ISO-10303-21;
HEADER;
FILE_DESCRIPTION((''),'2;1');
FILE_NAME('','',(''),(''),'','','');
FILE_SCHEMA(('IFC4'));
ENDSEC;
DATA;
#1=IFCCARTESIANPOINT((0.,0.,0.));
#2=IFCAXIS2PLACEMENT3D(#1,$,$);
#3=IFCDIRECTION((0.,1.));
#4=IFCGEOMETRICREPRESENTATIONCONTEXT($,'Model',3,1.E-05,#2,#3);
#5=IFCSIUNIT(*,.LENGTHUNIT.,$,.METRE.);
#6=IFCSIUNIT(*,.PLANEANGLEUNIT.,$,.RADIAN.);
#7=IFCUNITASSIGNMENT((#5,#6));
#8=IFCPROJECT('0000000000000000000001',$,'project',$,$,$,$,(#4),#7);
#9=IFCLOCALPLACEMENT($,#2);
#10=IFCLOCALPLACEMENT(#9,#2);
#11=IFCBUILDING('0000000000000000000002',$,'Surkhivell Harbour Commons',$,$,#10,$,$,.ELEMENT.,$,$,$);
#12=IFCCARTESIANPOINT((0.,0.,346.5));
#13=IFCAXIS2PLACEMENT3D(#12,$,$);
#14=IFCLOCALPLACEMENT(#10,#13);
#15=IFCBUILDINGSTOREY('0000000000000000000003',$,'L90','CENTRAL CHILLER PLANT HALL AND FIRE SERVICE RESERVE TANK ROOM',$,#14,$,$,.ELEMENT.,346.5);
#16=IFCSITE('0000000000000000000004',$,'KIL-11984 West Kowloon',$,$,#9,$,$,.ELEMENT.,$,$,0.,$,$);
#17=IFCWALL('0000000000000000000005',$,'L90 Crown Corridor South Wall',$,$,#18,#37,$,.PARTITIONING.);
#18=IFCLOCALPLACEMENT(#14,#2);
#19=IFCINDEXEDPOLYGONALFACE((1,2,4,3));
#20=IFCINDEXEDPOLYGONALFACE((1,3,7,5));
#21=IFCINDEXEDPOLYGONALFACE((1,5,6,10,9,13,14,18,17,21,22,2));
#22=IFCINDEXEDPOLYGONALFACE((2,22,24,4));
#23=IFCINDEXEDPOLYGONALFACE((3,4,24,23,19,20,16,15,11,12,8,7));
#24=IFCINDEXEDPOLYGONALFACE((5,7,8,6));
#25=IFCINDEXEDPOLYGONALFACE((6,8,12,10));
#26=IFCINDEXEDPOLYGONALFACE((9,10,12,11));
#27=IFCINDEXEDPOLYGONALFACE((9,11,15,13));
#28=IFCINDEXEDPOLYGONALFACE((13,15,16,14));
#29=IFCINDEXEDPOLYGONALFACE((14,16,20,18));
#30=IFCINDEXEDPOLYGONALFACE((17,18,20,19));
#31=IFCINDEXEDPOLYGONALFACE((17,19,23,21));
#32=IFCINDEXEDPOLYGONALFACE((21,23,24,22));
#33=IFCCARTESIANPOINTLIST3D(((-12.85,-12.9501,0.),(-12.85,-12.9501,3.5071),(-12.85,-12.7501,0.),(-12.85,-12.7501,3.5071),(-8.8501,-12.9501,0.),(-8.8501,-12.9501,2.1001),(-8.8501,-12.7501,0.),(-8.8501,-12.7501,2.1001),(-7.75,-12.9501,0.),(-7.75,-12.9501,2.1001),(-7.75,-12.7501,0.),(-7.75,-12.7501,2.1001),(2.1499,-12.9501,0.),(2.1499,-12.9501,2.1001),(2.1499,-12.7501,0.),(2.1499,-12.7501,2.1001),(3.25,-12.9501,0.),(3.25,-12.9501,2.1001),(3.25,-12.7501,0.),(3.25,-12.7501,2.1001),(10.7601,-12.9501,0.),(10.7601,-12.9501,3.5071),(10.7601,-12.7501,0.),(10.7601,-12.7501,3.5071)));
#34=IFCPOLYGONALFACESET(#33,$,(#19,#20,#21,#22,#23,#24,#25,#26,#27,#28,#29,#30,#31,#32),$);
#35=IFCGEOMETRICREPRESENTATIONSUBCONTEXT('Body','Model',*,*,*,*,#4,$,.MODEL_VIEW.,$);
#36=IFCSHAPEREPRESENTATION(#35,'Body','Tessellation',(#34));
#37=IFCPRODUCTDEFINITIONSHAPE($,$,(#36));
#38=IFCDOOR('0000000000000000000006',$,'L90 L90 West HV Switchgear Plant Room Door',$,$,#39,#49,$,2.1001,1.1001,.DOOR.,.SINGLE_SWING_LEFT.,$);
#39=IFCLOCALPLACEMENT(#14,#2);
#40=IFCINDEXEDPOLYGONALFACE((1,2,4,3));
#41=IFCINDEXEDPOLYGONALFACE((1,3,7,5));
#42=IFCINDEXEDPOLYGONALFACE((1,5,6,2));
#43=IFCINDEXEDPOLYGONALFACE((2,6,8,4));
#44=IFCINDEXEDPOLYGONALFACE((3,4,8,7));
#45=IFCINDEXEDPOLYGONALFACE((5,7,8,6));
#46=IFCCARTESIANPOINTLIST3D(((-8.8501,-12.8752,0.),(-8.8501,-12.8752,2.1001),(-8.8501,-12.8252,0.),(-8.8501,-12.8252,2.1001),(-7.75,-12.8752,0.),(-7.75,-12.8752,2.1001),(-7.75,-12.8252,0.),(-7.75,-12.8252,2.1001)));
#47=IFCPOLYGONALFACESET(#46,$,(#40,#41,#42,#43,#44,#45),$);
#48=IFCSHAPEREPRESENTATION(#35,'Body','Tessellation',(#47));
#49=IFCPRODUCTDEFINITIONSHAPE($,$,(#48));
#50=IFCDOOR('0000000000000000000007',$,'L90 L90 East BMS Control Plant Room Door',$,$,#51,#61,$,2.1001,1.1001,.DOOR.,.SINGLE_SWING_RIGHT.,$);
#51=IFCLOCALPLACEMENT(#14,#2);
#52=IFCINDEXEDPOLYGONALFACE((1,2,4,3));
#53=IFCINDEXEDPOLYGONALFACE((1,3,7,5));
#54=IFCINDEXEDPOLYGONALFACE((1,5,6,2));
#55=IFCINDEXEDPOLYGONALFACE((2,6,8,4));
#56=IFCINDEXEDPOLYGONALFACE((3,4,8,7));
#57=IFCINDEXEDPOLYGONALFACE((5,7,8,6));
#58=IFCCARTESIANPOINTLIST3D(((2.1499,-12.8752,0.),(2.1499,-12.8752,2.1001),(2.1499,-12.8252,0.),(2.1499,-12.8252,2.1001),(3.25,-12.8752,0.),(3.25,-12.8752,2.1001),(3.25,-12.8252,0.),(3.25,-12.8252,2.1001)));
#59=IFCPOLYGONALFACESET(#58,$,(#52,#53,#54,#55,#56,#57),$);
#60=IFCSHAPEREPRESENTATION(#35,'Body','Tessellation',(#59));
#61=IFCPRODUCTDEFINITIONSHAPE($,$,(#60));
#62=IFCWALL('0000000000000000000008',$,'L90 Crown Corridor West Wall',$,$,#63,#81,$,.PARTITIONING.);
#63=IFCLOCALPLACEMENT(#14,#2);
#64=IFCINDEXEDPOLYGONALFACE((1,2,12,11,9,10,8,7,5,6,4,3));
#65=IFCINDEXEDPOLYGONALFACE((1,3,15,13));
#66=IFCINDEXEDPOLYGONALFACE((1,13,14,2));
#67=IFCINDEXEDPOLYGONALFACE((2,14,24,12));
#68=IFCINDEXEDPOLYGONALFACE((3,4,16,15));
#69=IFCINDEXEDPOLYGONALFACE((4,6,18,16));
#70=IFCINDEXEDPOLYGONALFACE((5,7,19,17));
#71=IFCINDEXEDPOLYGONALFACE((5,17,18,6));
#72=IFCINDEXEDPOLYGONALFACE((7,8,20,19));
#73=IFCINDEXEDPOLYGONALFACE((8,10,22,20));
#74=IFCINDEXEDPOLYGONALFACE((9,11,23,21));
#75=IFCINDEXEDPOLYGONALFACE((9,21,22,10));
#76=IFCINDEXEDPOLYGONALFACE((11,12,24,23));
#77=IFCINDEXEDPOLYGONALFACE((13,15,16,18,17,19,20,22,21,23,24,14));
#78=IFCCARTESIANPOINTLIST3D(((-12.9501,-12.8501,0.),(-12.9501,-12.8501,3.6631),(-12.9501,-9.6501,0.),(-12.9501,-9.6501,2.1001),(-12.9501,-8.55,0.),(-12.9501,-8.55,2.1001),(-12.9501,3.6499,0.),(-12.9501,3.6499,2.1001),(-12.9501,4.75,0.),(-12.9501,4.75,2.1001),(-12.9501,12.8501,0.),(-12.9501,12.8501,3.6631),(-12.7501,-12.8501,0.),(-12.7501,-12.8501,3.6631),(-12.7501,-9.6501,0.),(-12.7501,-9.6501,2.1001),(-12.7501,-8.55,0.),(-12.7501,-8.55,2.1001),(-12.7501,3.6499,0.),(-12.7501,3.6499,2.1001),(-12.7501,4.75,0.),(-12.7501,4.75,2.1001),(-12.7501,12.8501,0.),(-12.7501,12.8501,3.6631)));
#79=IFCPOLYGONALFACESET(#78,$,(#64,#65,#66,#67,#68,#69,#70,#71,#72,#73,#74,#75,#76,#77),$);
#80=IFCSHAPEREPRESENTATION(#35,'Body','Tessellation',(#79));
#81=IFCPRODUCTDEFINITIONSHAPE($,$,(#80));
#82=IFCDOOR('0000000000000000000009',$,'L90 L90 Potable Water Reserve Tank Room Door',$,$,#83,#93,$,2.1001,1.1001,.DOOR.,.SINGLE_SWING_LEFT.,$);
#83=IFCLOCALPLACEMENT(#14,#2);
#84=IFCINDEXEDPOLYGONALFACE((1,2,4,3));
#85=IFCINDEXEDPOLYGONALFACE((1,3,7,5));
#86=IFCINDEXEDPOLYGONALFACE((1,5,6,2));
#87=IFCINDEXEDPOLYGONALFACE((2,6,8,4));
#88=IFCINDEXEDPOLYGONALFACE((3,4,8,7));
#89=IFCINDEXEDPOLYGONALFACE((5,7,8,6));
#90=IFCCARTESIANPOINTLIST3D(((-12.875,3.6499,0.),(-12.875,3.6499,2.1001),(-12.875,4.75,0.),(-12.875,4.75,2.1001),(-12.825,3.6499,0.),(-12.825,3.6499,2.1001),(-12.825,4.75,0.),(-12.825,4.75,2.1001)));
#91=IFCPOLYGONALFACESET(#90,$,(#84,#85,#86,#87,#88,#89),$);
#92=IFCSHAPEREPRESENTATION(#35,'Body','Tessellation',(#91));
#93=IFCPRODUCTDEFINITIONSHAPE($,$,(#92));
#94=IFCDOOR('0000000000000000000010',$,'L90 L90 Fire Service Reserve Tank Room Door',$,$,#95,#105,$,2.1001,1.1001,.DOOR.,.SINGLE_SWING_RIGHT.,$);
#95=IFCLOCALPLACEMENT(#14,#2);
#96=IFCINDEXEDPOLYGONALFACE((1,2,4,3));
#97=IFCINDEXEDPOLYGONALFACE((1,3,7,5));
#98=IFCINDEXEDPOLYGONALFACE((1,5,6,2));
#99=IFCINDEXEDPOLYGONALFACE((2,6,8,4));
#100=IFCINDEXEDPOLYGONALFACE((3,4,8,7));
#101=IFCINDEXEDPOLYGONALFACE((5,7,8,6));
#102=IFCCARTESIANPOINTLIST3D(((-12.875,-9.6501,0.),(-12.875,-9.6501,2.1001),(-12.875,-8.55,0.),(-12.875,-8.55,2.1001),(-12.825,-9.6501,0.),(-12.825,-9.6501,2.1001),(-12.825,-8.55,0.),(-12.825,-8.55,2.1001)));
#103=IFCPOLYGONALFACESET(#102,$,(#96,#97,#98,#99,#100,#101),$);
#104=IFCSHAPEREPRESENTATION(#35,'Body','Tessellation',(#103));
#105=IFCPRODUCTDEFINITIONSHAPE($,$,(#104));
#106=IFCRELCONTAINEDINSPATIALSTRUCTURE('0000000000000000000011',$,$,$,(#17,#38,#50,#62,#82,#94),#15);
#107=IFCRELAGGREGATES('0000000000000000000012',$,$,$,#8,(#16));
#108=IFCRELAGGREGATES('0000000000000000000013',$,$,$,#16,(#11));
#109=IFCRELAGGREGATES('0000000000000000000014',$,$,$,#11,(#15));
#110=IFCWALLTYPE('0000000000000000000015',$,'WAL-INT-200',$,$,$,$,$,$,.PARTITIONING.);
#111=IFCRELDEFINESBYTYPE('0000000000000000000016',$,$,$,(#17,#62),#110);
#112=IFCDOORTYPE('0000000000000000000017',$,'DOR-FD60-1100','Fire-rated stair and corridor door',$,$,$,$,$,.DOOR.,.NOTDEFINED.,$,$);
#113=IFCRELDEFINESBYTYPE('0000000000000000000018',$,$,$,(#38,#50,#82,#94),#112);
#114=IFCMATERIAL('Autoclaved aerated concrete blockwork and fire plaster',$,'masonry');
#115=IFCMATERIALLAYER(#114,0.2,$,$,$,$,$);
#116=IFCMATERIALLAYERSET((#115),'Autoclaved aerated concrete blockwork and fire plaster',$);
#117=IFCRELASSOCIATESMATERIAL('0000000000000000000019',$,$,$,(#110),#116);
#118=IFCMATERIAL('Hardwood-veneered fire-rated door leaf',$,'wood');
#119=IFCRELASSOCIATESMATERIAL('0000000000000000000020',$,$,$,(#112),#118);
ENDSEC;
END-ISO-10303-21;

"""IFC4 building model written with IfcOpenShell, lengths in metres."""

from ifc_helpers import new_model, si_unit, direction, frame, frame_2d, origin, place, context, subcontext, project, spatial, rectangle, extrude, material, layer, layer_set, type_object, element, fill, save


model = new_model("IFC4")

# Units and contexts
model_context = context("Model", 3, precision=1e-05, world=origin(), true_north=direction((0.0, 1.0)))
body_context = subcontext(model_context, "Body", "Model", "MODEL_VIEW")
ifc_project = project(units=[si_unit("LENGTHUNIT", "METRE"), si_unit("PLANEANGLEUNIT", "RADIAN")], contexts=[model_context])

# Site, building, storey
site_placement = place(None, origin())
site = spatial("IfcSite", under=ifc_project, at=site_placement, Name="KIL-11984 West Kowloon", CompositionType="ELEMENT", RefElevation=0.0)
building_placement = place(site_placement, origin())
building = spatial("IfcBuilding", under=site, at=building_placement, Name="Surkhivell Harbour Commons", CompositionType="ELEMENT")
storey_placement = place(building_placement, frame((0.0, 0.0, 346.5)))
storey = spatial("IfcBuildingStorey", under=building, at=storey_placement, Name="L90", Description="CENTRAL CHILLER PLANT HALL AND FIRE SERVICE RESERVE TANK ROOM", CompositionType="ELEMENT", Elevation=346.5)

# Shared definitions
ifc_material_1 = material(Name="Autoclaved aerated concrete blockwork and fire plaster", Category="masonry")
ifc_layer_1 = layer(ifc_material_1, 0.2)
ifc_layer_set_1 = layer_set([ifc_layer_1], Name="Autoclaved aerated concrete blockwork and fire plaster")
wall_type = type_object("IfcWallType", Name="WAL-INT-200", PredefinedType="PARTITIONING", material=ifc_layer_set_1)

# Walls, openings, doors
wall_1_placement = place(storey_placement, frame((-12.8501, -12.8501, 0.0), z_axis=(0.0, 0.0, 1.0), x_axis=(1.0, 0.0, 0.0)))
wall_1 = element("IfcWall", 1, at=wall_1_placement, inside=storey, type_object=wall_type, Name="L90 Crown Corridor South Wall", PredefinedType="PARTITIONING", context=body_context, shape_type="SweptSolid", body=[
    extrude(rectangle(XDim=23.6101, YDim=0.2, at=frame_2d((11.8052, 0.0))), origin(), (0.0, 0.0, 1.0), 3.5071),
])
opening_1_placement = place(wall_1_placement, frame((4.0, 0.0, 0.0)))
opening_1 = element("IfcOpeningElement", 2, at=opening_1_placement, cuts=wall_1, PredefinedType="OPENING", context=body_context, shape_type="SweptSolid", body=[
    extrude(rectangle(XDim=1.1001, YDim=2.1001, at=frame_2d((0.55, 1.05))), frame((0.0, 0.1099, 0.0), z_axis=(0.0, -1.0, 0.0), x_axis=(1.0, 0.0, 0.0)), (0.0, 0.0, 1.0), 0.22),
])
opening_2_placement = place(wall_1_placement, frame((15.0, 0.0, 0.0)))
opening_2 = element("IfcOpeningElement", 3, at=opening_2_placement, cuts=wall_1, PredefinedType="OPENING", context=body_context, shape_type="SweptSolid", body=[
    extrude(rectangle(XDim=1.1001, YDim=2.1001, at=frame_2d((0.55, 1.05))), frame((0.0, 0.1099, 0.0), z_axis=(0.0, -1.0, 0.0), x_axis=(1.0, 0.0, 0.0)), (0.0, 0.0, 1.0), 0.22),
])
ifc_material_2 = material(Name="Hardwood-veneered fire-rated door leaf", Category="wood")
door_type = type_object("IfcDoorType", Name="DOR-FD60-1100", Description="Fire-rated stair and corridor door", OperationType="NOTDEFINED", PredefinedType="DOOR", material=ifc_material_2)
door_1_placement = place(opening_1_placement, origin())
door_1 = element("IfcDoor", 4, at=door_1_placement, inside=storey, type_object=door_type, Name="L90 L90 West HV Switchgear Plant Room Door", OperationType="SINGLE_SWING_LEFT", OverallHeight=2.1001, OverallWidth=1.1001, PredefinedType="DOOR", context=body_context, shape_type="SweptSolid", body=[
    extrude(rectangle(XDim=1.1001, YDim=2.1001, at=frame_2d((0.55, 1.05))), frame((0.0, 0.0249, 0.0), z_axis=(0.0, -1.0, 0.0), x_axis=(1.0, 0.0, 0.0)), (0.0, 0.0, 1.0), 0.05),
])
fill(opening_1, door_1)
door_2_placement = place(opening_2_placement, origin())
door_2 = element("IfcDoor", 5, at=door_2_placement, inside=storey, type_object=door_type, Name="L90 L90 East BMS Control Plant Room Door", OperationType="SINGLE_SWING_RIGHT", OverallHeight=2.1001, OverallWidth=1.1001, PredefinedType="DOOR", context=body_context, shape_type="SweptSolid", body=[
    extrude(rectangle(XDim=1.1001, YDim=2.1001, at=frame_2d((0.55, 1.05))), frame((0.0, 0.0249, 0.0), z_axis=(0.0, -1.0, 0.0), x_axis=(1.0, 0.0, 0.0)), (0.0, 0.0, 1.0), 0.05),
])
fill(opening_2, door_2)
wall_2_placement = place(storey_placement, frame((-12.8501, -12.8501, 0.0), z_axis=(0.0, 0.0, 1.0), x_axis=(0.0, 1.0, 0.0)))
wall_2 = element("IfcWall", 6, at=wall_2_placement, inside=storey, type_object=wall_type, Name="L90 Crown Corridor West Wall", PredefinedType="PARTITIONING", context=body_context, shape_type="SweptSolid", body=[
    extrude(rectangle(XDim=25.7002, YDim=0.2, at=frame_2d((12.8501, 0.0))), origin(), (0.0, 0.0, 1.0), 3.6631),
])
opening_3_placement = place(wall_2_placement, frame((16.5, 0.0, 0.0)))
opening_3 = element("IfcOpeningElement", 7, at=opening_3_placement, cuts=wall_2, PredefinedType="OPENING", context=body_context, shape_type="SweptSolid", body=[
    extrude(rectangle(XDim=1.1001, YDim=2.1001, at=frame_2d((0.55, 1.05))), frame((0.0, 0.1099, 0.0), z_axis=(0.0, -1.0, 0.0), x_axis=(1.0, 0.0, 0.0)), (0.0, 0.0, 1.0), 0.22),
])
opening_4_placement = place(wall_2_placement, frame((3.2, 0.0, 0.0)))
opening_4 = element("IfcOpeningElement", 8, at=opening_4_placement, cuts=wall_2, PredefinedType="OPENING", context=body_context, shape_type="SweptSolid", body=[
    extrude(rectangle(XDim=1.1001, YDim=2.1001, at=frame_2d((0.55, 1.05))), frame((0.0, 0.1099, 0.0), z_axis=(0.0, -1.0, 0.0), x_axis=(1.0, 0.0, 0.0)), (0.0, 0.0, 1.0), 0.22),
])
door_3_placement = place(opening_3_placement, origin())
door_3 = element("IfcDoor", 9, at=door_3_placement, inside=storey, type_object=door_type, Name="L90 L90 Potable Water Reserve Tank Room Door", OperationType="SINGLE_SWING_LEFT", OverallHeight=2.1001, OverallWidth=1.1001, PredefinedType="DOOR", context=body_context, shape_type="SweptSolid", body=[
    extrude(rectangle(XDim=1.1001, YDim=2.1001, at=frame_2d((0.55, 1.05))), frame((0.0, 0.0249, 0.0), z_axis=(0.0, -1.0, 0.0), x_axis=(1.0, 0.0, 0.0)), (0.0, 0.0, 1.0), 0.05),
])
fill(opening_3, door_3)
door_4_placement = place(opening_4_placement, origin())
door_4 = element("IfcDoor", 10, at=door_4_placement, inside=storey, type_object=door_type, Name="L90 L90 Fire Service Reserve Tank Room Door", OperationType="SINGLE_SWING_RIGHT", OverallHeight=2.1001, OverallWidth=1.1001, PredefinedType="DOOR", context=body_context, shape_type="SweptSolid", body=[
    extrude(rectangle(XDim=1.1001, YDim=2.1001, at=frame_2d((0.55, 1.05))), frame((0.0, 0.0249, 0.0), z_axis=(0.0, -1.0, 0.0), x_axis=(1.0, 0.0, 0.0)), (0.0, 0.0, 1.0), 0.05),
])
fill(opening_4, door_4)

save(model, "model.ifc")
